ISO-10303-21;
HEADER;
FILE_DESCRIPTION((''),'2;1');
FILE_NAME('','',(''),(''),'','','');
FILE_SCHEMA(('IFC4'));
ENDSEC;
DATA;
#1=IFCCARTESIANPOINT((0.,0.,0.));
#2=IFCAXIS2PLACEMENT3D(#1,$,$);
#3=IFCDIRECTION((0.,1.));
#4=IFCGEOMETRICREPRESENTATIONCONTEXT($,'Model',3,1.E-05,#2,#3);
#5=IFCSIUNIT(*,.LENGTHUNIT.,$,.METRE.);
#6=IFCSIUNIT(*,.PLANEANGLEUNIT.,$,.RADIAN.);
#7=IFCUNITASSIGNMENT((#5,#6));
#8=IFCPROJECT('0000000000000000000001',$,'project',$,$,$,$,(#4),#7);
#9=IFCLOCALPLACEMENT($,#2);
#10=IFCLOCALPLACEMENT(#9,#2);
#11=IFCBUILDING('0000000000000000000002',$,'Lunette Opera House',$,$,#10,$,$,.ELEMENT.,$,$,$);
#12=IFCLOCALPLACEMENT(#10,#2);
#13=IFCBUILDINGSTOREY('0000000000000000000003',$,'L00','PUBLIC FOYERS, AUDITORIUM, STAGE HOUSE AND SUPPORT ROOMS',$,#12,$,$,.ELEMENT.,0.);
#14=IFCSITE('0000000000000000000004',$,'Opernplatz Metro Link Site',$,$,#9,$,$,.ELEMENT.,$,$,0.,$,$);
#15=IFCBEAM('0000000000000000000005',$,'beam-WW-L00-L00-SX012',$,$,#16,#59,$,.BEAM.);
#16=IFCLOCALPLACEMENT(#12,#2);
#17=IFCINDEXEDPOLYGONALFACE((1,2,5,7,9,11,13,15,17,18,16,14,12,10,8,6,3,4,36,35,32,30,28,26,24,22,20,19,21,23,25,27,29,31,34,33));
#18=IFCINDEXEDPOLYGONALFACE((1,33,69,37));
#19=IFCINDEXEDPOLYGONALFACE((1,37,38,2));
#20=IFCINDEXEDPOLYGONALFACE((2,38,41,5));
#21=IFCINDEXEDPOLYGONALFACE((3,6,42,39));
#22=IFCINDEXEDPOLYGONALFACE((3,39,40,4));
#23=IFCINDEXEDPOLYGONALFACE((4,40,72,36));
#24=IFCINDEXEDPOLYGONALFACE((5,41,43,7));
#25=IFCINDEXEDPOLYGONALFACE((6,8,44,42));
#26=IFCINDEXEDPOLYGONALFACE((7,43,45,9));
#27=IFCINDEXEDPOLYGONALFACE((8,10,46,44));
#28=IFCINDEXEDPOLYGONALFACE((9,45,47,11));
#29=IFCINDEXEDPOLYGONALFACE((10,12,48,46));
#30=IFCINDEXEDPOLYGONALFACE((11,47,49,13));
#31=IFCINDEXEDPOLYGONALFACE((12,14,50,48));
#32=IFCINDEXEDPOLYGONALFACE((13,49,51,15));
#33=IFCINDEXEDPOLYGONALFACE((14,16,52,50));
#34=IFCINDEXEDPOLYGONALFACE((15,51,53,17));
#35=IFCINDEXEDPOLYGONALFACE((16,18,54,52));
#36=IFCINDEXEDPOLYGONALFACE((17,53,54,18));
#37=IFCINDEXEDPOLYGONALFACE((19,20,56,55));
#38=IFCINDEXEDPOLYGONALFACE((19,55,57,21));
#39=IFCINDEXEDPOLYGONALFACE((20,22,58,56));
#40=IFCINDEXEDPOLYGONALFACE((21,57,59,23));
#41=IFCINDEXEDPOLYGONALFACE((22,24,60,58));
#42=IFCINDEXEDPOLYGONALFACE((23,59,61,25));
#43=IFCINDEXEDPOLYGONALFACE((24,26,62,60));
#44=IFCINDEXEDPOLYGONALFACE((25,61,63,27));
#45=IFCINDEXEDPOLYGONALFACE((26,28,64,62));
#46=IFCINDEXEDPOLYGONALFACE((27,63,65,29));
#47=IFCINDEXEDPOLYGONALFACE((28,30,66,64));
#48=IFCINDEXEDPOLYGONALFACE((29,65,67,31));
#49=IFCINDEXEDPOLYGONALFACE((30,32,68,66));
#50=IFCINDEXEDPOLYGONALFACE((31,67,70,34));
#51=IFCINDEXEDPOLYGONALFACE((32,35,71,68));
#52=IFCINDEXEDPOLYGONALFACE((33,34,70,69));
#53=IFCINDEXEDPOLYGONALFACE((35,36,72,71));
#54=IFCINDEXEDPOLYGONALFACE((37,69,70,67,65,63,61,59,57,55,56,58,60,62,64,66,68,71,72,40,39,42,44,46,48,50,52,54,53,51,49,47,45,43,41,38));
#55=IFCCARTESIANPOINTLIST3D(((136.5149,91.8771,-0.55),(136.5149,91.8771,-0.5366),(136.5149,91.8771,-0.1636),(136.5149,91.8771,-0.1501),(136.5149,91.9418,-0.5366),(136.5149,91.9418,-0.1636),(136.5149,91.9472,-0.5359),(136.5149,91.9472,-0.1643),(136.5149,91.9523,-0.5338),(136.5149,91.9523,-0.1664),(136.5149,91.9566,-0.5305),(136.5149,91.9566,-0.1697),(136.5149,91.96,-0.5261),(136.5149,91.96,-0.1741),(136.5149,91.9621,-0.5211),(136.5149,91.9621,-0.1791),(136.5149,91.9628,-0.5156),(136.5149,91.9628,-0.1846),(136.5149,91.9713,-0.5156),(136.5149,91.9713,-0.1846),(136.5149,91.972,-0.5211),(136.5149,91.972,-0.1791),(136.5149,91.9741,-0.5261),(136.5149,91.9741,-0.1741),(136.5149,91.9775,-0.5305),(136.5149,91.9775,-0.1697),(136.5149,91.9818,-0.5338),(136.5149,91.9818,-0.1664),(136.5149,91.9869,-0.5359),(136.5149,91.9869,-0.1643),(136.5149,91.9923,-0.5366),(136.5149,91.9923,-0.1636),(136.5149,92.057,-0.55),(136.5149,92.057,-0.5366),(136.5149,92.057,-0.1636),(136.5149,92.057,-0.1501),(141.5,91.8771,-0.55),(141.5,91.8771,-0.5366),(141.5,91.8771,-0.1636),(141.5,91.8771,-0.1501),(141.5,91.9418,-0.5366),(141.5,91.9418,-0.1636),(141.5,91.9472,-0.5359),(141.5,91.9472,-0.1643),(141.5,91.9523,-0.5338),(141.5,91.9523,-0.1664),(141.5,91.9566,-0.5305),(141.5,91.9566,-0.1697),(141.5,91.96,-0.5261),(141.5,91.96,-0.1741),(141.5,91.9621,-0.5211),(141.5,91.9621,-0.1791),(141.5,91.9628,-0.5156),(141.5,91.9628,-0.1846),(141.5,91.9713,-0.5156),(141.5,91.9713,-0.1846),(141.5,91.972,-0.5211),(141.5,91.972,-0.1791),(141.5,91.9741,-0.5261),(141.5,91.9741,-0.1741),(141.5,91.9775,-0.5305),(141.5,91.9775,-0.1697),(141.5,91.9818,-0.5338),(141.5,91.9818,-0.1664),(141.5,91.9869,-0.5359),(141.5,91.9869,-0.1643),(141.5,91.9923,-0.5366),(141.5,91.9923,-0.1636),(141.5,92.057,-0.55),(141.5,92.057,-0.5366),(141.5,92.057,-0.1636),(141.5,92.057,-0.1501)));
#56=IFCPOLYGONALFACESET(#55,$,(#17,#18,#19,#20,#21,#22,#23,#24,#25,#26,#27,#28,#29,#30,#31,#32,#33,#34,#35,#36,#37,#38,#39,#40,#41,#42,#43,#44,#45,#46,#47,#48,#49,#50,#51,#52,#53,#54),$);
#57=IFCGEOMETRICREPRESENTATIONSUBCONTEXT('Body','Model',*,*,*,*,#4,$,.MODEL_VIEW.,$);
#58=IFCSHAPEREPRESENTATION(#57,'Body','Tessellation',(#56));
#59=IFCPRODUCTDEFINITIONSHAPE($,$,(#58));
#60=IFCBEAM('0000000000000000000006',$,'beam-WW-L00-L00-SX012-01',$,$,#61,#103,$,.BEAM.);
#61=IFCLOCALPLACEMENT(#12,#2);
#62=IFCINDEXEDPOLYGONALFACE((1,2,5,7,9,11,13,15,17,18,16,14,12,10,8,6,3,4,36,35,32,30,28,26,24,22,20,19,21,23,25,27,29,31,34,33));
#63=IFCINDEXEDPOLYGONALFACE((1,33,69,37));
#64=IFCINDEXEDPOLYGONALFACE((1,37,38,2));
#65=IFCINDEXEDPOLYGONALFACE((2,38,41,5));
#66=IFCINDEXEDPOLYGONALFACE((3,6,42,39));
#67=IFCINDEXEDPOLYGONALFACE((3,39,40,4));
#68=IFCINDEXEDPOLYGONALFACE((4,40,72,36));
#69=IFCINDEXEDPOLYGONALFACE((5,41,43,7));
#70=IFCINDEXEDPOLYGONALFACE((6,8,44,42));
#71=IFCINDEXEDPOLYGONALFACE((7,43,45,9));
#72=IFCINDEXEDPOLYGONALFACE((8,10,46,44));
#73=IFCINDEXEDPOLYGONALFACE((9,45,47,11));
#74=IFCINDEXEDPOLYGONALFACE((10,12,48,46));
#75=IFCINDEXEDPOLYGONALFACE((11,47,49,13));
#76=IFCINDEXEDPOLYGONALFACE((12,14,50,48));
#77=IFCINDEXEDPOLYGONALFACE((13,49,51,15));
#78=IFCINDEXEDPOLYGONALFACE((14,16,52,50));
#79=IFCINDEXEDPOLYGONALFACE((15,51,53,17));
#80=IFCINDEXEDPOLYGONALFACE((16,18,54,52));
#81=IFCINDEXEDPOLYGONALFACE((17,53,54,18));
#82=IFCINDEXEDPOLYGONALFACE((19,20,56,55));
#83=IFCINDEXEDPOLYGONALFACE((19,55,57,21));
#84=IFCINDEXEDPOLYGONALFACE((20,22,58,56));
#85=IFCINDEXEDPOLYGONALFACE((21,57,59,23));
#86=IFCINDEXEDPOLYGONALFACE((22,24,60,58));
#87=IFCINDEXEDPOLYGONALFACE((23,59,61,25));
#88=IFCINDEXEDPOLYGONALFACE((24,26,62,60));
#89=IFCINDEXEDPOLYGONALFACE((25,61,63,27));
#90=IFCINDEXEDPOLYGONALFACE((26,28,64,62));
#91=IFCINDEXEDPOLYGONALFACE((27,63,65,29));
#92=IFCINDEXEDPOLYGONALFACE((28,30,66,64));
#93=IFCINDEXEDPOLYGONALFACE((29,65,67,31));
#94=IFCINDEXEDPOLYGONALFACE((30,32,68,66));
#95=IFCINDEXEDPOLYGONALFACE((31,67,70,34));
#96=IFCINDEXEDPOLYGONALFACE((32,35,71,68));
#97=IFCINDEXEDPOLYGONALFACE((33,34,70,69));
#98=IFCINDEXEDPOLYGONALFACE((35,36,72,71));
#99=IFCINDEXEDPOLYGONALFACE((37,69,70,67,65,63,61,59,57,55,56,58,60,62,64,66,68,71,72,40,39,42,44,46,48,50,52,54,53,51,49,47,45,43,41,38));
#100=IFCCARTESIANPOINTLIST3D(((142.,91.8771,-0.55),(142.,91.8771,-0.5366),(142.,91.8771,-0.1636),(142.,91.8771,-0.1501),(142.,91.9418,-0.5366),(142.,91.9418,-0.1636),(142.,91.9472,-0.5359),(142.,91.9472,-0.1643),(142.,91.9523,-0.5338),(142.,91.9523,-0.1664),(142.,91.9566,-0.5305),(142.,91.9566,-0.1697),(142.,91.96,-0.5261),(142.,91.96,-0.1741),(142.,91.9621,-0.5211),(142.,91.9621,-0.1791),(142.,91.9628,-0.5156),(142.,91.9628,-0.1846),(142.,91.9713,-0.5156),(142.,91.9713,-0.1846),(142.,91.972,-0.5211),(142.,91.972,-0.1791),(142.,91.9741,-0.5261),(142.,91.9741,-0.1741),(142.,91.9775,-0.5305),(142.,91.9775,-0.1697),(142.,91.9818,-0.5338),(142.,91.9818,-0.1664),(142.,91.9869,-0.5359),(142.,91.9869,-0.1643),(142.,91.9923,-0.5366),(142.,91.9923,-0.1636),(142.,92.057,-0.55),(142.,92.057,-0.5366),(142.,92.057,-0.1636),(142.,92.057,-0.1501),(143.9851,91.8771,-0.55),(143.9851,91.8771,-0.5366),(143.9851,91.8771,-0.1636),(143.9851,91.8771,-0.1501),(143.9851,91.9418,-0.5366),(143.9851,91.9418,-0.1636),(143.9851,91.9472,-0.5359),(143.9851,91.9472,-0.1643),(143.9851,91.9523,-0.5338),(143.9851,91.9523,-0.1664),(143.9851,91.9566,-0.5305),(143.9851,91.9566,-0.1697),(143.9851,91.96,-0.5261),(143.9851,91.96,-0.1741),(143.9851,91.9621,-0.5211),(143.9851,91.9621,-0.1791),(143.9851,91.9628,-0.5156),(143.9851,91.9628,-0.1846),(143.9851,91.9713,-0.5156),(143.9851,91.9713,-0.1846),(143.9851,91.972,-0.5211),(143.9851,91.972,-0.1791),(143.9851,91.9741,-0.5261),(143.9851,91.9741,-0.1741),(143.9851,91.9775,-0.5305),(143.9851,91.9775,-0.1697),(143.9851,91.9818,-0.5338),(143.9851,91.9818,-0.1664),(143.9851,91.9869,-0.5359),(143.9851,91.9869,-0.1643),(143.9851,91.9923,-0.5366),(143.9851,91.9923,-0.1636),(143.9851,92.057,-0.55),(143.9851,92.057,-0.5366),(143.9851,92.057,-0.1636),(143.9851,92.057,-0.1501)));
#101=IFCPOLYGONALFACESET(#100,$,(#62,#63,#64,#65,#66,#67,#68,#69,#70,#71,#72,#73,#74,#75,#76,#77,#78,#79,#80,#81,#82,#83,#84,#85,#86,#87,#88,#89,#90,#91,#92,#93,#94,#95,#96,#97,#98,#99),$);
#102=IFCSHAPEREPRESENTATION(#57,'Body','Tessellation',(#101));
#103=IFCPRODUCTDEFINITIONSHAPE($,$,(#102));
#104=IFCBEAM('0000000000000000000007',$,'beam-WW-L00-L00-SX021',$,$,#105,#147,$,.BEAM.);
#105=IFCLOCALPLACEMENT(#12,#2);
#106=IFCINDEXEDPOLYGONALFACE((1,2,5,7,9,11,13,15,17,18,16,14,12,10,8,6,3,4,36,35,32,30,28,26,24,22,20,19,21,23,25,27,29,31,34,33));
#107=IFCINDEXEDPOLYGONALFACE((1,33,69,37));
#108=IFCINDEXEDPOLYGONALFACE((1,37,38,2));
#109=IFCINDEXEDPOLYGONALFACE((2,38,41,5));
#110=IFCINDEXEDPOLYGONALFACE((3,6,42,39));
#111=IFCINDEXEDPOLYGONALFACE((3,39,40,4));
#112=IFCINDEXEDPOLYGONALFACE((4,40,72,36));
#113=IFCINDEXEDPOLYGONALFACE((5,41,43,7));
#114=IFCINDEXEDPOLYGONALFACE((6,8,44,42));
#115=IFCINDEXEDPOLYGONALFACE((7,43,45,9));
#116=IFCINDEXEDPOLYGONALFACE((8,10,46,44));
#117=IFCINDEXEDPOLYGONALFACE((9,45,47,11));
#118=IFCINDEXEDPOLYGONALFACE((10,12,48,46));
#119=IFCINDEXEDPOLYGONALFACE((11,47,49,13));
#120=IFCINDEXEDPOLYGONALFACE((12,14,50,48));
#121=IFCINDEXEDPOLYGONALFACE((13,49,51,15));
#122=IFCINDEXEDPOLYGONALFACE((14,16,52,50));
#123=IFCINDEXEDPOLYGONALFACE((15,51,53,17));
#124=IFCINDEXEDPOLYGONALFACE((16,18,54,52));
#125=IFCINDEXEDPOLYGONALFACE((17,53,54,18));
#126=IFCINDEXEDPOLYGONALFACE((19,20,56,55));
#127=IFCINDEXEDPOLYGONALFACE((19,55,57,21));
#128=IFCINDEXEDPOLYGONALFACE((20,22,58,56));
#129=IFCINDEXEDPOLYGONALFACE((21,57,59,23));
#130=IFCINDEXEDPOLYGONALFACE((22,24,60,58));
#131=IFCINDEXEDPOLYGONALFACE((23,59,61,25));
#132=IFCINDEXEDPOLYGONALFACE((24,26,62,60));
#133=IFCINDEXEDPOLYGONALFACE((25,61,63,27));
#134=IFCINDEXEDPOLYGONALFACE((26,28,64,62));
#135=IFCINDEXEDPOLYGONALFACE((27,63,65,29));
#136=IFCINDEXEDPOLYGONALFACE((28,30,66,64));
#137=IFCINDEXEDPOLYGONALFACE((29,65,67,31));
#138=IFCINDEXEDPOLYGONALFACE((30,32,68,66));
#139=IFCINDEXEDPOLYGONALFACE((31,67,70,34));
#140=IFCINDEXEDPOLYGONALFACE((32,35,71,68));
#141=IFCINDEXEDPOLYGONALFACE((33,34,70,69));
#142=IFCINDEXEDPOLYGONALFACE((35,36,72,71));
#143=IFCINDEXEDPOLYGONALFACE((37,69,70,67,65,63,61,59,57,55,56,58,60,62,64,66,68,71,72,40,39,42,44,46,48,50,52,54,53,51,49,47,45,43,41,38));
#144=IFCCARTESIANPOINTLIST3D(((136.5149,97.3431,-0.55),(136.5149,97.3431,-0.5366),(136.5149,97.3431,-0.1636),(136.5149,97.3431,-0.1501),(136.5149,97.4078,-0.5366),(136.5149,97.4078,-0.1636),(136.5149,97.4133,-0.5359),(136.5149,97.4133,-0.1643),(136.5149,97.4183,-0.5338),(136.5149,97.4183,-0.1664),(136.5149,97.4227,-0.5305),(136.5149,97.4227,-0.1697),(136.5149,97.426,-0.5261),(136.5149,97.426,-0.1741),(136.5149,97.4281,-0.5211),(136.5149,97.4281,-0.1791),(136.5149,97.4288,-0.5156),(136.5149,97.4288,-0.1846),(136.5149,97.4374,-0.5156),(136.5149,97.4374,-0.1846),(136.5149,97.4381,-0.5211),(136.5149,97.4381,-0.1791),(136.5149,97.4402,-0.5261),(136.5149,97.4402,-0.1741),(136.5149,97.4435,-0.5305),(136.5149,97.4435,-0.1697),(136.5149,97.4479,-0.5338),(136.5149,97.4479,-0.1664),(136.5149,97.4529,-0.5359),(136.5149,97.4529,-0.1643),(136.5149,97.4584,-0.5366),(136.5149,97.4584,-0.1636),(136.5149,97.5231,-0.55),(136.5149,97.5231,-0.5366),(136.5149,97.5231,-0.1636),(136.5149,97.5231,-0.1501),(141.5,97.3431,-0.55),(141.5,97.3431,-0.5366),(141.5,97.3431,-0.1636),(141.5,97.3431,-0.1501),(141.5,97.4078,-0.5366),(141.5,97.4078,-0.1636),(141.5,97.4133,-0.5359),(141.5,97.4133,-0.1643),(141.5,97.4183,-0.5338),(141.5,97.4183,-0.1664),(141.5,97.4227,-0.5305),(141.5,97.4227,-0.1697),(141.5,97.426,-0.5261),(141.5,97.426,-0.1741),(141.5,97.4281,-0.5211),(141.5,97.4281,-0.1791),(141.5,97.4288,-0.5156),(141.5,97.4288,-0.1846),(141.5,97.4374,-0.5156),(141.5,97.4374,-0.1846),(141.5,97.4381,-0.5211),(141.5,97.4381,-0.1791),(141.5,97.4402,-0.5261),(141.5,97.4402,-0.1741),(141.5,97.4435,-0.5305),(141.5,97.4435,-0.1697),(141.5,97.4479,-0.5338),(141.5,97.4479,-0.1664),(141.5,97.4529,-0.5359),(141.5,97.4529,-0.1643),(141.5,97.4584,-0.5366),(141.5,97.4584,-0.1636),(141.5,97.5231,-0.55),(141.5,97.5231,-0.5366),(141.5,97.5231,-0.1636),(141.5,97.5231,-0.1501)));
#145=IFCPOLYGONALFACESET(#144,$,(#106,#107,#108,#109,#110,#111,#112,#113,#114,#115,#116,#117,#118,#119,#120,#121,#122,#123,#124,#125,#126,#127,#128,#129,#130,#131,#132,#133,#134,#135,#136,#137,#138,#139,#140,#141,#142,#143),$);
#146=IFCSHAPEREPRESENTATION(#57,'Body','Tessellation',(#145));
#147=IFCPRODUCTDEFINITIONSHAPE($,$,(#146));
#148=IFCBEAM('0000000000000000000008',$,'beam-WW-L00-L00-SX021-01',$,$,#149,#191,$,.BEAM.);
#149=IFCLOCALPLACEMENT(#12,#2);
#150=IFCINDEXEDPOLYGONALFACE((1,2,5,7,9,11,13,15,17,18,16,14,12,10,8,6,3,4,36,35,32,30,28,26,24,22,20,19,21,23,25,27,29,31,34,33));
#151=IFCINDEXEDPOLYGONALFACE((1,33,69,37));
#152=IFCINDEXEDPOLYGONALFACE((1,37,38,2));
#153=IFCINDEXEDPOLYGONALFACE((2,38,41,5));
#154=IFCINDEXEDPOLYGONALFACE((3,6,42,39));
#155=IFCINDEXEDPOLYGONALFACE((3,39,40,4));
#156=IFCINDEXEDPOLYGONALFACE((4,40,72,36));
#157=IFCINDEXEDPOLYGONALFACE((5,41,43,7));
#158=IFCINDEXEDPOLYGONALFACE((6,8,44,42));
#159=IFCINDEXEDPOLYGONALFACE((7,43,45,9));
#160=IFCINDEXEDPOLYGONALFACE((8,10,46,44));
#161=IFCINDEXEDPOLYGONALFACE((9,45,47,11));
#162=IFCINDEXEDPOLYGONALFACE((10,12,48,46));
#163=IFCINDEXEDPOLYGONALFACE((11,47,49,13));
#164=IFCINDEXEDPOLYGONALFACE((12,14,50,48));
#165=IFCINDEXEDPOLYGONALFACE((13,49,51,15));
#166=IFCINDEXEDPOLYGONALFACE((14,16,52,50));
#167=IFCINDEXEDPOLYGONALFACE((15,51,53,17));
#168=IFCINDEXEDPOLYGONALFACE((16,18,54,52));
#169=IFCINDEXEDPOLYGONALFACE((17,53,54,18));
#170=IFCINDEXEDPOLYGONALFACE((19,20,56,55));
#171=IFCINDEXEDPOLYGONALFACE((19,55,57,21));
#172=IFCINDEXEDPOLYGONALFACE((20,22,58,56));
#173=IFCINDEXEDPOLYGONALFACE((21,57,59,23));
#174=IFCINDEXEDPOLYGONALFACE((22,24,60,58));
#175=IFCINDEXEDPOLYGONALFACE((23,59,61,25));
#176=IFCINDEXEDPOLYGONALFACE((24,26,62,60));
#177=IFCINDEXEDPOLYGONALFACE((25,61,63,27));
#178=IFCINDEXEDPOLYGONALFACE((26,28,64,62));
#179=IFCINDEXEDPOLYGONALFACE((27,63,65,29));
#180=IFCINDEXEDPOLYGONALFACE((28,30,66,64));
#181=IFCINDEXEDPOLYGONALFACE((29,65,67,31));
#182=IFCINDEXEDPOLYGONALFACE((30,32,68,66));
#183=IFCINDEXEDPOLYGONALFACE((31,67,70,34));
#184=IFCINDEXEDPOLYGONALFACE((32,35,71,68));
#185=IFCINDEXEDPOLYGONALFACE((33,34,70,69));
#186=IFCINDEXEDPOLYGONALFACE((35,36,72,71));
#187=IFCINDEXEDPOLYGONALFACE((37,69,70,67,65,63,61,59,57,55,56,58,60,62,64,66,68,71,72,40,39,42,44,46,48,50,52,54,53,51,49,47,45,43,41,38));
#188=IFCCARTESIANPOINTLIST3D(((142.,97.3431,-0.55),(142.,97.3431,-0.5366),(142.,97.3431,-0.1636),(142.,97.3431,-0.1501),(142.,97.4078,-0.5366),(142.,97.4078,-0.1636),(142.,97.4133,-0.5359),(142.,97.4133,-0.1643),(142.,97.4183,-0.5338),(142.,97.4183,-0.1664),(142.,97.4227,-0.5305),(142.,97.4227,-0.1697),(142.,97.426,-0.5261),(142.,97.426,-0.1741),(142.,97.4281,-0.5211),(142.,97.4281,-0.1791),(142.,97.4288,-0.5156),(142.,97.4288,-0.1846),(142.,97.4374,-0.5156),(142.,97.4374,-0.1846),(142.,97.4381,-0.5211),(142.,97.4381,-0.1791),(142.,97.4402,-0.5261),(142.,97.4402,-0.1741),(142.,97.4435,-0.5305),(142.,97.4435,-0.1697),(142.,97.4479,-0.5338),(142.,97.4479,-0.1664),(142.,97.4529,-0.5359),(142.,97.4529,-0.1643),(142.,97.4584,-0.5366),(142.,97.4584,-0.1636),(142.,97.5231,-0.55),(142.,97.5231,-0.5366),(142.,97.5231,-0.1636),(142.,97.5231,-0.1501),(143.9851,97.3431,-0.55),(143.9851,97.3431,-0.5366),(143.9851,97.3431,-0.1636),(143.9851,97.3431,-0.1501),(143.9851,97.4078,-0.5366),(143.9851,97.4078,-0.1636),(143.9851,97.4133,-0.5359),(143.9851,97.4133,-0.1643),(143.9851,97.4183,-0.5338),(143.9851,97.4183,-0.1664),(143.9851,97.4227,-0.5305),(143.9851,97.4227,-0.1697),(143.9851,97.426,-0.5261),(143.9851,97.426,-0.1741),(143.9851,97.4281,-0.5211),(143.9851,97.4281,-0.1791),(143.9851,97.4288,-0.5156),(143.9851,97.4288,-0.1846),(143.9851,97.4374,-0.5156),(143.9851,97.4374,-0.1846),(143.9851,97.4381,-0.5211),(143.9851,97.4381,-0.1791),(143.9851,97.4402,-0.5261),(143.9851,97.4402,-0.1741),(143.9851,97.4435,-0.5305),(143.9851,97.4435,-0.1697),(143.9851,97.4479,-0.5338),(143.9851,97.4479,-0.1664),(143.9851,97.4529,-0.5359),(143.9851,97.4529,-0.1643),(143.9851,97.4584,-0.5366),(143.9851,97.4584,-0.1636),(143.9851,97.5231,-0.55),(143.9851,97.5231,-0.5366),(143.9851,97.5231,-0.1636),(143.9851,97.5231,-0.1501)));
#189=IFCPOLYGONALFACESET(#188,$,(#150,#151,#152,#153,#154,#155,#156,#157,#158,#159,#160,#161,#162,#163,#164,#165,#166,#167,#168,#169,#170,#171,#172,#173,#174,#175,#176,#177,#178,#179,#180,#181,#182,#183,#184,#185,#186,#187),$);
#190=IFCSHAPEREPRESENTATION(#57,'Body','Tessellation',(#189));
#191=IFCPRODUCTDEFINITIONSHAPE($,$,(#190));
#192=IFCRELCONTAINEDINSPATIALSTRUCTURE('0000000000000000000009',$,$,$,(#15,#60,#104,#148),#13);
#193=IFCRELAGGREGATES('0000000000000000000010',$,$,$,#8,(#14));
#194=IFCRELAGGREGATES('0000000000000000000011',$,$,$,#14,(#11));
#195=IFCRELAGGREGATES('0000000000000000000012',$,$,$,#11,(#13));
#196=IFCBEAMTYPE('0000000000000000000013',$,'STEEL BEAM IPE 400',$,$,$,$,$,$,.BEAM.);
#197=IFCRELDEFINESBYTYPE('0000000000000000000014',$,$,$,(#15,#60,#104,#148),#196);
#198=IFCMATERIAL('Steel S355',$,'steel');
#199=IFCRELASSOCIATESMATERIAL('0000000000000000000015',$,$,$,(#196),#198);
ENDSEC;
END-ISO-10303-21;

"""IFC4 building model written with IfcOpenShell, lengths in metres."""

from ifc_helpers import new_model, si_unit, direction, frame, origin, origin_2d, place, context, subcontext, project, spatial, i_section, extrude, material, material_profile, profile_set, type_object, element, save


model = new_model("IFC4")

# Units and contexts
model_context = context("Model", 3, precision=1e-05, world=origin(), true_north=direction((0.0, 1.0)))
body_context = subcontext(model_context, "Body", "Model", "MODEL_VIEW")
ifc_project = project(units=[si_unit("LENGTHUNIT", "METRE"), si_unit("PLANEANGLEUNIT", "RADIAN")], contexts=[model_context])

# Site, building, storey
site_placement = place(None, origin())
site = spatial("IfcSite", under=ifc_project, at=site_placement, Name="Opernplatz Metro Link Site", CompositionType="ELEMENT", RefElevation=0.0)
building_placement = place(site_placement, origin())
building = spatial("IfcBuilding", under=site, at=building_placement, Name="Lunette Opera House", CompositionType="ELEMENT")
storey_placement = place(building_placement, origin())
storey = spatial("IfcBuildingStorey", under=building, at=storey_placement, Name="L00", Description="PUBLIC FOYERS, AUDITORIUM, STAGE HOUSE AND SUPPORT ROOMS", CompositionType="ELEMENT", Elevation=0.0)

# Beams
ifc_material_1 = material(Name="Steel S355", Category="steel")
ifc_material_profile_1 = material_profile(ifc_material_1, i_section(OverallWidth=0.1799, OverallDepth=0.3999, WebThickness=0.0085, FlangeThickness=0.0134, FilletRadius=0.021, at=origin_2d()), Name="IPE 400")
ifc_profile_set_1 = profile_set([ifc_material_profile_1], Name="Steel S355")
beam_type_1 = type_object("IfcBeamType", Name="STEEL BEAM IPE 400", PredefinedType="BEAM", material=ifc_profile_set_1)
beam_1_placement = place(storey_placement, frame((136.5149, 91.967, -0.3501), z_axis=(1.0, 0.0, 0.0), x_axis=(0.0, 1.0, 0.0)))
element("IfcBeam", 1, at=beam_1_placement, inside=storey, type_object=beam_type_1, Name="beam-WW-L00-L00-SX012", PredefinedType="BEAM", context=body_context, shape_type="SweptSolid", body=[
    extrude(i_section(OverallWidth=0.1799, OverallDepth=0.3999, WebThickness=0.0085, FlangeThickness=0.0134, FilletRadius=0.021, at=origin_2d()), origin(), (0.0, 0.0, 1.0), 4.9851),
])
beam_2_placement = place(storey_placement, frame((142.0, 91.967, -0.3501), z_axis=(1.0, 0.0, 0.0), x_axis=(0.0, 1.0, 0.0)))
element("IfcBeam", 2, at=beam_2_placement, inside=storey, type_object=beam_type_1, Name="beam-WW-L00-L00-SX012-01", PredefinedType="BEAM", context=body_context, shape_type="SweptSolid", body=[
    extrude(i_section(OverallWidth=0.1799, OverallDepth=0.3999, WebThickness=0.0085, FlangeThickness=0.0134, FilletRadius=0.021, at=origin_2d()), origin(), (0.0, 0.0, 1.0), 1.9851),
])
beam_3_placement = place(storey_placement, frame((136.5149, 97.4331, -0.3501), z_axis=(1.0, 0.0, 0.0), x_axis=(0.0, 1.0, 0.0)))
element("IfcBeam", 3, at=beam_3_placement, inside=storey, type_object=beam_type_1, Name="beam-WW-L00-L00-SX021", PredefinedType="BEAM", context=body_context, shape_type="SweptSolid", body=[
    extrude(i_section(OverallWidth=0.1799, OverallDepth=0.3999, WebThickness=0.0085, FlangeThickness=0.0134, FilletRadius=0.021, at=origin_2d()), origin(), (0.0, 0.0, 1.0), 4.9851),
])
beam_4_placement = place(storey_placement, frame((142.0, 97.4331, -0.3501), z_axis=(1.0, 0.0, 0.0), x_axis=(0.0, 1.0, 0.0)))
element("IfcBeam", 4, at=beam_4_placement, inside=storey, type_object=beam_type_1, Name="beam-WW-L00-L00-SX021-01", PredefinedType="BEAM", context=body_context, shape_type="SweptSolid", body=[
    extrude(i_section(OverallWidth=0.1799, OverallDepth=0.3999, WebThickness=0.0085, FlangeThickness=0.0134, FilletRadius=0.021, at=origin_2d()), origin(), (0.0, 0.0, 1.0), 1.9851),
])

save(model, "model.ifc")
